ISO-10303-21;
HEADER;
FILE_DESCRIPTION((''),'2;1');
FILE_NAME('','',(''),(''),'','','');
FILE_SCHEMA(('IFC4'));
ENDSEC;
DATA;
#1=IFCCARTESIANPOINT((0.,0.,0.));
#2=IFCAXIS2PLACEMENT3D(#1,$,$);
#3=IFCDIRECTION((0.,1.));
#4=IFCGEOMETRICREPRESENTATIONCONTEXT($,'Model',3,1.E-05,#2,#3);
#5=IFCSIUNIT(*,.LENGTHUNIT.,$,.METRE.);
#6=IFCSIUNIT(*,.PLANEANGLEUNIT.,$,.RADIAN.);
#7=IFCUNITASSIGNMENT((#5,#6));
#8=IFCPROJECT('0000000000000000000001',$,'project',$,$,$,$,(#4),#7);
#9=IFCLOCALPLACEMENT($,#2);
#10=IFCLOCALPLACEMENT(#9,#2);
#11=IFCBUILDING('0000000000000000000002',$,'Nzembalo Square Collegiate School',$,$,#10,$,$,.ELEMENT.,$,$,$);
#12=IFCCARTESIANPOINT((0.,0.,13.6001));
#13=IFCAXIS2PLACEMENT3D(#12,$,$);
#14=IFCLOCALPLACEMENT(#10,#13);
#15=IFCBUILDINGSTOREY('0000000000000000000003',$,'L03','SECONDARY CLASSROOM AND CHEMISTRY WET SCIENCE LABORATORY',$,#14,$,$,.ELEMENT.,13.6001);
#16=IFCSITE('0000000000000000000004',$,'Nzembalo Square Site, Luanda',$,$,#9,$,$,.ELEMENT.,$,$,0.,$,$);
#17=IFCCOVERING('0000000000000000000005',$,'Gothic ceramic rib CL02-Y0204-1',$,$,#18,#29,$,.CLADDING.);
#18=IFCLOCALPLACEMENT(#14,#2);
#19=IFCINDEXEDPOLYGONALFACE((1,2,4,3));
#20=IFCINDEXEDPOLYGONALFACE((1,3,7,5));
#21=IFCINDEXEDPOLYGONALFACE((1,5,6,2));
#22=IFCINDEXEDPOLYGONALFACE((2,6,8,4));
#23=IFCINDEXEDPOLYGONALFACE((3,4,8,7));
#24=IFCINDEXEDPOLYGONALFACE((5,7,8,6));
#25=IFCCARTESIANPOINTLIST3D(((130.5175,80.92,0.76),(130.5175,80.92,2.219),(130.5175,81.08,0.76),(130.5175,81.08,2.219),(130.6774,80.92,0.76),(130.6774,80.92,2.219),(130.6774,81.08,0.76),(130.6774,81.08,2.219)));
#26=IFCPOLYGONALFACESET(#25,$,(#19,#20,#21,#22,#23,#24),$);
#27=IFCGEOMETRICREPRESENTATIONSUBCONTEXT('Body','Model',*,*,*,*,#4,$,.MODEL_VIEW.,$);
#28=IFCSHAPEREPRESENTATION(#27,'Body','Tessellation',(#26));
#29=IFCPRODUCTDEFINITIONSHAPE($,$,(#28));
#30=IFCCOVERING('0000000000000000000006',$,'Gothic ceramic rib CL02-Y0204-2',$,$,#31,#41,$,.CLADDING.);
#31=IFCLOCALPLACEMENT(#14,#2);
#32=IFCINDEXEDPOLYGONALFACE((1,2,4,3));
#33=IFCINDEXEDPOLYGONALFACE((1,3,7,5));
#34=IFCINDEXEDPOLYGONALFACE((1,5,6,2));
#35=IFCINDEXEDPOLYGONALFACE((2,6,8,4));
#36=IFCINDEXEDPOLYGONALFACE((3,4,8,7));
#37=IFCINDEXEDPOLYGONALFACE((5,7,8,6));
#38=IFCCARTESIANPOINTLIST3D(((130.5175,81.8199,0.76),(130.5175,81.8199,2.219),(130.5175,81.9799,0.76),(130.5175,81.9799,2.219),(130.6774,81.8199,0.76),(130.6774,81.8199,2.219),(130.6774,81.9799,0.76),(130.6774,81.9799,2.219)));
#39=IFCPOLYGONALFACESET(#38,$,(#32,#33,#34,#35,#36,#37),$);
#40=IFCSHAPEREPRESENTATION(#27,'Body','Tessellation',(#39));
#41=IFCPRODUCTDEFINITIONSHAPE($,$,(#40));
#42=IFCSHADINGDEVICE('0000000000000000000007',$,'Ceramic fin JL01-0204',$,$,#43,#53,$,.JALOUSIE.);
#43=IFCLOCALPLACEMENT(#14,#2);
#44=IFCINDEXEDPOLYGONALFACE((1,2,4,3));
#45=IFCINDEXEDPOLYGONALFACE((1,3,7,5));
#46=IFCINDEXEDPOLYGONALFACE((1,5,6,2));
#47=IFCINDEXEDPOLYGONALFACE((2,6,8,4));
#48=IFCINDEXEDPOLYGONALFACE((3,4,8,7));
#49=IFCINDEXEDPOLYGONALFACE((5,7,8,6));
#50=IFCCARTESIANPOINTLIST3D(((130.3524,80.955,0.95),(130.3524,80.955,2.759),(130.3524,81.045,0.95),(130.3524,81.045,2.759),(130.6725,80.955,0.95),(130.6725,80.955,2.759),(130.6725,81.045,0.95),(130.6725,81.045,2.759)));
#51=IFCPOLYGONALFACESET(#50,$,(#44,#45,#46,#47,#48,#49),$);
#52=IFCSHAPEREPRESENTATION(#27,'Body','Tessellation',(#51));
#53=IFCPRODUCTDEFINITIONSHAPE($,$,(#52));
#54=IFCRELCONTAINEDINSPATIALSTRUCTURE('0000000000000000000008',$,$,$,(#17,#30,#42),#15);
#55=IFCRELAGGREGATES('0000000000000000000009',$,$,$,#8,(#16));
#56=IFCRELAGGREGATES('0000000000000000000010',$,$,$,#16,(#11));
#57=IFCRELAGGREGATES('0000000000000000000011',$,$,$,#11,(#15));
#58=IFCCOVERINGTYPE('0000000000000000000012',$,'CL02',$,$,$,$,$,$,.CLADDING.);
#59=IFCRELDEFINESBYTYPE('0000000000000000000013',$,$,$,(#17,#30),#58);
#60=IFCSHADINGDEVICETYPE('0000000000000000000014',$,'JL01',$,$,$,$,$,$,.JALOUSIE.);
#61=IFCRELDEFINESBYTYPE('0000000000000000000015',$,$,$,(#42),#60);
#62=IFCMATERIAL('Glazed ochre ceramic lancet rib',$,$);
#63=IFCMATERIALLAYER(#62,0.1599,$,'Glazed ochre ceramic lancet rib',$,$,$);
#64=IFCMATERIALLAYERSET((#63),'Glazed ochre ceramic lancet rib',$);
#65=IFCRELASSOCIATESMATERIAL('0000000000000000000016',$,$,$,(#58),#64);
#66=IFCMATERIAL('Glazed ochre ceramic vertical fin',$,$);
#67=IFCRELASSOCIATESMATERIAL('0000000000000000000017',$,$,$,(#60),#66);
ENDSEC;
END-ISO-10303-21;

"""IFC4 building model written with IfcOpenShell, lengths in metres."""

from ifc_helpers import new_model, si_unit, direction, frame, origin, origin_2d, place, context, subcontext, project, spatial, rectangle, extrude, material, layer, layer_set, type_object, element, save


model = new_model("IFC4")

# Units and contexts
model_context = context("Model", 3, precision=1e-05, world=origin(), true_north=direction((0.0, 1.0)))
body_context = subcontext(model_context, "Body", "Model", "MODEL_VIEW")
ifc_project = project(units=[si_unit("LENGTHUNIT", "METRE"), si_unit("PLANEANGLEUNIT", "RADIAN")], contexts=[model_context])

# Site, building, storey
site_placement = place(None, origin())
site = spatial("IfcSite", under=ifc_project, at=site_placement, Name="Nzembalo Square Site, Luanda", CompositionType="ELEMENT", RefElevation=0.0)
building_placement = place(site_placement, origin())
building = spatial("IfcBuilding", under=site, at=building_placement, Name="Nzembalo Square Collegiate School", CompositionType="ELEMENT")
storey_placement = place(building_placement, frame((0.0, 0.0, 13.6001)))
storey = spatial("IfcBuildingStorey", under=building, at=storey_placement, Name="L03", Description="SECONDARY CLASSROOM AND CHEMISTRY WET SCIENCE LABORATORY", CompositionType="ELEMENT", Elevation=13.6001)

# Coverings
ifc_material_1 = material(Name="Glazed ochre ceramic lancet rib")
ifc_layer_1 = layer(ifc_material_1, 0.1599, Name="Glazed ochre ceramic lancet rib")
ifc_layer_set_1 = layer_set([ifc_layer_1], Name="Glazed ochre ceramic lancet rib")
covering_type_1 = type_object("IfcCoveringType", Name="CL02", PredefinedType="CLADDING", material=ifc_layer_set_1)
for number, where, z_axis, x_axis, name in (
    (1, (130.5974, 81.0, 0.76), (0.0, 0.0, 1.0), (1.0, 0.0, 0.0), "Gothic ceramic rib CL02-Y0204-1"),
    (2, (130.5974, 81.8999, 0.76), (0.0, 0.0, 1.0), (1.0, 0.0, 0.0), "Gothic ceramic rib CL02-Y0204-2"),
):
    element("IfcCovering", number, at=place(storey_placement, frame(where, z_axis=z_axis, x_axis=x_axis)), inside=storey, type_object=covering_type_1, Name=name, PredefinedType="CLADDING", context=body_context, shape_type="SweptSolid", body=[
        extrude(rectangle(XDim=0.1599, YDim=0.1599, at=origin_2d()), origin(), (0.0, 0.0, 1.0), 1.459),
    ])

# Shading device
ifc_material_2 = material(Name="Glazed ochre ceramic vertical fin")
shading_device_type = type_object("IfcShadingDeviceType", Name="JL01", PredefinedType="JALOUSIE", material=ifc_material_2)
shading_device_placement = place(storey_placement, frame((130.5125, 81.0, 0.95), z_axis=(0.0, 0.0, 1.0), x_axis=(1.0, 0.0, 0.0)))
element("IfcShadingDevice", 3, at=shading_device_placement, inside=storey, type_object=shading_device_type, Name="Ceramic fin JL01-0204", PredefinedType="JALOUSIE", context=body_context, shape_type="SweptSolid", body=[
    extrude(rectangle(XDim=0.3201, YDim=0.0901, at=origin_2d()), origin(), (0.0, 0.0, 1.0), 1.8091),
])

save(model, "model.ifc")
